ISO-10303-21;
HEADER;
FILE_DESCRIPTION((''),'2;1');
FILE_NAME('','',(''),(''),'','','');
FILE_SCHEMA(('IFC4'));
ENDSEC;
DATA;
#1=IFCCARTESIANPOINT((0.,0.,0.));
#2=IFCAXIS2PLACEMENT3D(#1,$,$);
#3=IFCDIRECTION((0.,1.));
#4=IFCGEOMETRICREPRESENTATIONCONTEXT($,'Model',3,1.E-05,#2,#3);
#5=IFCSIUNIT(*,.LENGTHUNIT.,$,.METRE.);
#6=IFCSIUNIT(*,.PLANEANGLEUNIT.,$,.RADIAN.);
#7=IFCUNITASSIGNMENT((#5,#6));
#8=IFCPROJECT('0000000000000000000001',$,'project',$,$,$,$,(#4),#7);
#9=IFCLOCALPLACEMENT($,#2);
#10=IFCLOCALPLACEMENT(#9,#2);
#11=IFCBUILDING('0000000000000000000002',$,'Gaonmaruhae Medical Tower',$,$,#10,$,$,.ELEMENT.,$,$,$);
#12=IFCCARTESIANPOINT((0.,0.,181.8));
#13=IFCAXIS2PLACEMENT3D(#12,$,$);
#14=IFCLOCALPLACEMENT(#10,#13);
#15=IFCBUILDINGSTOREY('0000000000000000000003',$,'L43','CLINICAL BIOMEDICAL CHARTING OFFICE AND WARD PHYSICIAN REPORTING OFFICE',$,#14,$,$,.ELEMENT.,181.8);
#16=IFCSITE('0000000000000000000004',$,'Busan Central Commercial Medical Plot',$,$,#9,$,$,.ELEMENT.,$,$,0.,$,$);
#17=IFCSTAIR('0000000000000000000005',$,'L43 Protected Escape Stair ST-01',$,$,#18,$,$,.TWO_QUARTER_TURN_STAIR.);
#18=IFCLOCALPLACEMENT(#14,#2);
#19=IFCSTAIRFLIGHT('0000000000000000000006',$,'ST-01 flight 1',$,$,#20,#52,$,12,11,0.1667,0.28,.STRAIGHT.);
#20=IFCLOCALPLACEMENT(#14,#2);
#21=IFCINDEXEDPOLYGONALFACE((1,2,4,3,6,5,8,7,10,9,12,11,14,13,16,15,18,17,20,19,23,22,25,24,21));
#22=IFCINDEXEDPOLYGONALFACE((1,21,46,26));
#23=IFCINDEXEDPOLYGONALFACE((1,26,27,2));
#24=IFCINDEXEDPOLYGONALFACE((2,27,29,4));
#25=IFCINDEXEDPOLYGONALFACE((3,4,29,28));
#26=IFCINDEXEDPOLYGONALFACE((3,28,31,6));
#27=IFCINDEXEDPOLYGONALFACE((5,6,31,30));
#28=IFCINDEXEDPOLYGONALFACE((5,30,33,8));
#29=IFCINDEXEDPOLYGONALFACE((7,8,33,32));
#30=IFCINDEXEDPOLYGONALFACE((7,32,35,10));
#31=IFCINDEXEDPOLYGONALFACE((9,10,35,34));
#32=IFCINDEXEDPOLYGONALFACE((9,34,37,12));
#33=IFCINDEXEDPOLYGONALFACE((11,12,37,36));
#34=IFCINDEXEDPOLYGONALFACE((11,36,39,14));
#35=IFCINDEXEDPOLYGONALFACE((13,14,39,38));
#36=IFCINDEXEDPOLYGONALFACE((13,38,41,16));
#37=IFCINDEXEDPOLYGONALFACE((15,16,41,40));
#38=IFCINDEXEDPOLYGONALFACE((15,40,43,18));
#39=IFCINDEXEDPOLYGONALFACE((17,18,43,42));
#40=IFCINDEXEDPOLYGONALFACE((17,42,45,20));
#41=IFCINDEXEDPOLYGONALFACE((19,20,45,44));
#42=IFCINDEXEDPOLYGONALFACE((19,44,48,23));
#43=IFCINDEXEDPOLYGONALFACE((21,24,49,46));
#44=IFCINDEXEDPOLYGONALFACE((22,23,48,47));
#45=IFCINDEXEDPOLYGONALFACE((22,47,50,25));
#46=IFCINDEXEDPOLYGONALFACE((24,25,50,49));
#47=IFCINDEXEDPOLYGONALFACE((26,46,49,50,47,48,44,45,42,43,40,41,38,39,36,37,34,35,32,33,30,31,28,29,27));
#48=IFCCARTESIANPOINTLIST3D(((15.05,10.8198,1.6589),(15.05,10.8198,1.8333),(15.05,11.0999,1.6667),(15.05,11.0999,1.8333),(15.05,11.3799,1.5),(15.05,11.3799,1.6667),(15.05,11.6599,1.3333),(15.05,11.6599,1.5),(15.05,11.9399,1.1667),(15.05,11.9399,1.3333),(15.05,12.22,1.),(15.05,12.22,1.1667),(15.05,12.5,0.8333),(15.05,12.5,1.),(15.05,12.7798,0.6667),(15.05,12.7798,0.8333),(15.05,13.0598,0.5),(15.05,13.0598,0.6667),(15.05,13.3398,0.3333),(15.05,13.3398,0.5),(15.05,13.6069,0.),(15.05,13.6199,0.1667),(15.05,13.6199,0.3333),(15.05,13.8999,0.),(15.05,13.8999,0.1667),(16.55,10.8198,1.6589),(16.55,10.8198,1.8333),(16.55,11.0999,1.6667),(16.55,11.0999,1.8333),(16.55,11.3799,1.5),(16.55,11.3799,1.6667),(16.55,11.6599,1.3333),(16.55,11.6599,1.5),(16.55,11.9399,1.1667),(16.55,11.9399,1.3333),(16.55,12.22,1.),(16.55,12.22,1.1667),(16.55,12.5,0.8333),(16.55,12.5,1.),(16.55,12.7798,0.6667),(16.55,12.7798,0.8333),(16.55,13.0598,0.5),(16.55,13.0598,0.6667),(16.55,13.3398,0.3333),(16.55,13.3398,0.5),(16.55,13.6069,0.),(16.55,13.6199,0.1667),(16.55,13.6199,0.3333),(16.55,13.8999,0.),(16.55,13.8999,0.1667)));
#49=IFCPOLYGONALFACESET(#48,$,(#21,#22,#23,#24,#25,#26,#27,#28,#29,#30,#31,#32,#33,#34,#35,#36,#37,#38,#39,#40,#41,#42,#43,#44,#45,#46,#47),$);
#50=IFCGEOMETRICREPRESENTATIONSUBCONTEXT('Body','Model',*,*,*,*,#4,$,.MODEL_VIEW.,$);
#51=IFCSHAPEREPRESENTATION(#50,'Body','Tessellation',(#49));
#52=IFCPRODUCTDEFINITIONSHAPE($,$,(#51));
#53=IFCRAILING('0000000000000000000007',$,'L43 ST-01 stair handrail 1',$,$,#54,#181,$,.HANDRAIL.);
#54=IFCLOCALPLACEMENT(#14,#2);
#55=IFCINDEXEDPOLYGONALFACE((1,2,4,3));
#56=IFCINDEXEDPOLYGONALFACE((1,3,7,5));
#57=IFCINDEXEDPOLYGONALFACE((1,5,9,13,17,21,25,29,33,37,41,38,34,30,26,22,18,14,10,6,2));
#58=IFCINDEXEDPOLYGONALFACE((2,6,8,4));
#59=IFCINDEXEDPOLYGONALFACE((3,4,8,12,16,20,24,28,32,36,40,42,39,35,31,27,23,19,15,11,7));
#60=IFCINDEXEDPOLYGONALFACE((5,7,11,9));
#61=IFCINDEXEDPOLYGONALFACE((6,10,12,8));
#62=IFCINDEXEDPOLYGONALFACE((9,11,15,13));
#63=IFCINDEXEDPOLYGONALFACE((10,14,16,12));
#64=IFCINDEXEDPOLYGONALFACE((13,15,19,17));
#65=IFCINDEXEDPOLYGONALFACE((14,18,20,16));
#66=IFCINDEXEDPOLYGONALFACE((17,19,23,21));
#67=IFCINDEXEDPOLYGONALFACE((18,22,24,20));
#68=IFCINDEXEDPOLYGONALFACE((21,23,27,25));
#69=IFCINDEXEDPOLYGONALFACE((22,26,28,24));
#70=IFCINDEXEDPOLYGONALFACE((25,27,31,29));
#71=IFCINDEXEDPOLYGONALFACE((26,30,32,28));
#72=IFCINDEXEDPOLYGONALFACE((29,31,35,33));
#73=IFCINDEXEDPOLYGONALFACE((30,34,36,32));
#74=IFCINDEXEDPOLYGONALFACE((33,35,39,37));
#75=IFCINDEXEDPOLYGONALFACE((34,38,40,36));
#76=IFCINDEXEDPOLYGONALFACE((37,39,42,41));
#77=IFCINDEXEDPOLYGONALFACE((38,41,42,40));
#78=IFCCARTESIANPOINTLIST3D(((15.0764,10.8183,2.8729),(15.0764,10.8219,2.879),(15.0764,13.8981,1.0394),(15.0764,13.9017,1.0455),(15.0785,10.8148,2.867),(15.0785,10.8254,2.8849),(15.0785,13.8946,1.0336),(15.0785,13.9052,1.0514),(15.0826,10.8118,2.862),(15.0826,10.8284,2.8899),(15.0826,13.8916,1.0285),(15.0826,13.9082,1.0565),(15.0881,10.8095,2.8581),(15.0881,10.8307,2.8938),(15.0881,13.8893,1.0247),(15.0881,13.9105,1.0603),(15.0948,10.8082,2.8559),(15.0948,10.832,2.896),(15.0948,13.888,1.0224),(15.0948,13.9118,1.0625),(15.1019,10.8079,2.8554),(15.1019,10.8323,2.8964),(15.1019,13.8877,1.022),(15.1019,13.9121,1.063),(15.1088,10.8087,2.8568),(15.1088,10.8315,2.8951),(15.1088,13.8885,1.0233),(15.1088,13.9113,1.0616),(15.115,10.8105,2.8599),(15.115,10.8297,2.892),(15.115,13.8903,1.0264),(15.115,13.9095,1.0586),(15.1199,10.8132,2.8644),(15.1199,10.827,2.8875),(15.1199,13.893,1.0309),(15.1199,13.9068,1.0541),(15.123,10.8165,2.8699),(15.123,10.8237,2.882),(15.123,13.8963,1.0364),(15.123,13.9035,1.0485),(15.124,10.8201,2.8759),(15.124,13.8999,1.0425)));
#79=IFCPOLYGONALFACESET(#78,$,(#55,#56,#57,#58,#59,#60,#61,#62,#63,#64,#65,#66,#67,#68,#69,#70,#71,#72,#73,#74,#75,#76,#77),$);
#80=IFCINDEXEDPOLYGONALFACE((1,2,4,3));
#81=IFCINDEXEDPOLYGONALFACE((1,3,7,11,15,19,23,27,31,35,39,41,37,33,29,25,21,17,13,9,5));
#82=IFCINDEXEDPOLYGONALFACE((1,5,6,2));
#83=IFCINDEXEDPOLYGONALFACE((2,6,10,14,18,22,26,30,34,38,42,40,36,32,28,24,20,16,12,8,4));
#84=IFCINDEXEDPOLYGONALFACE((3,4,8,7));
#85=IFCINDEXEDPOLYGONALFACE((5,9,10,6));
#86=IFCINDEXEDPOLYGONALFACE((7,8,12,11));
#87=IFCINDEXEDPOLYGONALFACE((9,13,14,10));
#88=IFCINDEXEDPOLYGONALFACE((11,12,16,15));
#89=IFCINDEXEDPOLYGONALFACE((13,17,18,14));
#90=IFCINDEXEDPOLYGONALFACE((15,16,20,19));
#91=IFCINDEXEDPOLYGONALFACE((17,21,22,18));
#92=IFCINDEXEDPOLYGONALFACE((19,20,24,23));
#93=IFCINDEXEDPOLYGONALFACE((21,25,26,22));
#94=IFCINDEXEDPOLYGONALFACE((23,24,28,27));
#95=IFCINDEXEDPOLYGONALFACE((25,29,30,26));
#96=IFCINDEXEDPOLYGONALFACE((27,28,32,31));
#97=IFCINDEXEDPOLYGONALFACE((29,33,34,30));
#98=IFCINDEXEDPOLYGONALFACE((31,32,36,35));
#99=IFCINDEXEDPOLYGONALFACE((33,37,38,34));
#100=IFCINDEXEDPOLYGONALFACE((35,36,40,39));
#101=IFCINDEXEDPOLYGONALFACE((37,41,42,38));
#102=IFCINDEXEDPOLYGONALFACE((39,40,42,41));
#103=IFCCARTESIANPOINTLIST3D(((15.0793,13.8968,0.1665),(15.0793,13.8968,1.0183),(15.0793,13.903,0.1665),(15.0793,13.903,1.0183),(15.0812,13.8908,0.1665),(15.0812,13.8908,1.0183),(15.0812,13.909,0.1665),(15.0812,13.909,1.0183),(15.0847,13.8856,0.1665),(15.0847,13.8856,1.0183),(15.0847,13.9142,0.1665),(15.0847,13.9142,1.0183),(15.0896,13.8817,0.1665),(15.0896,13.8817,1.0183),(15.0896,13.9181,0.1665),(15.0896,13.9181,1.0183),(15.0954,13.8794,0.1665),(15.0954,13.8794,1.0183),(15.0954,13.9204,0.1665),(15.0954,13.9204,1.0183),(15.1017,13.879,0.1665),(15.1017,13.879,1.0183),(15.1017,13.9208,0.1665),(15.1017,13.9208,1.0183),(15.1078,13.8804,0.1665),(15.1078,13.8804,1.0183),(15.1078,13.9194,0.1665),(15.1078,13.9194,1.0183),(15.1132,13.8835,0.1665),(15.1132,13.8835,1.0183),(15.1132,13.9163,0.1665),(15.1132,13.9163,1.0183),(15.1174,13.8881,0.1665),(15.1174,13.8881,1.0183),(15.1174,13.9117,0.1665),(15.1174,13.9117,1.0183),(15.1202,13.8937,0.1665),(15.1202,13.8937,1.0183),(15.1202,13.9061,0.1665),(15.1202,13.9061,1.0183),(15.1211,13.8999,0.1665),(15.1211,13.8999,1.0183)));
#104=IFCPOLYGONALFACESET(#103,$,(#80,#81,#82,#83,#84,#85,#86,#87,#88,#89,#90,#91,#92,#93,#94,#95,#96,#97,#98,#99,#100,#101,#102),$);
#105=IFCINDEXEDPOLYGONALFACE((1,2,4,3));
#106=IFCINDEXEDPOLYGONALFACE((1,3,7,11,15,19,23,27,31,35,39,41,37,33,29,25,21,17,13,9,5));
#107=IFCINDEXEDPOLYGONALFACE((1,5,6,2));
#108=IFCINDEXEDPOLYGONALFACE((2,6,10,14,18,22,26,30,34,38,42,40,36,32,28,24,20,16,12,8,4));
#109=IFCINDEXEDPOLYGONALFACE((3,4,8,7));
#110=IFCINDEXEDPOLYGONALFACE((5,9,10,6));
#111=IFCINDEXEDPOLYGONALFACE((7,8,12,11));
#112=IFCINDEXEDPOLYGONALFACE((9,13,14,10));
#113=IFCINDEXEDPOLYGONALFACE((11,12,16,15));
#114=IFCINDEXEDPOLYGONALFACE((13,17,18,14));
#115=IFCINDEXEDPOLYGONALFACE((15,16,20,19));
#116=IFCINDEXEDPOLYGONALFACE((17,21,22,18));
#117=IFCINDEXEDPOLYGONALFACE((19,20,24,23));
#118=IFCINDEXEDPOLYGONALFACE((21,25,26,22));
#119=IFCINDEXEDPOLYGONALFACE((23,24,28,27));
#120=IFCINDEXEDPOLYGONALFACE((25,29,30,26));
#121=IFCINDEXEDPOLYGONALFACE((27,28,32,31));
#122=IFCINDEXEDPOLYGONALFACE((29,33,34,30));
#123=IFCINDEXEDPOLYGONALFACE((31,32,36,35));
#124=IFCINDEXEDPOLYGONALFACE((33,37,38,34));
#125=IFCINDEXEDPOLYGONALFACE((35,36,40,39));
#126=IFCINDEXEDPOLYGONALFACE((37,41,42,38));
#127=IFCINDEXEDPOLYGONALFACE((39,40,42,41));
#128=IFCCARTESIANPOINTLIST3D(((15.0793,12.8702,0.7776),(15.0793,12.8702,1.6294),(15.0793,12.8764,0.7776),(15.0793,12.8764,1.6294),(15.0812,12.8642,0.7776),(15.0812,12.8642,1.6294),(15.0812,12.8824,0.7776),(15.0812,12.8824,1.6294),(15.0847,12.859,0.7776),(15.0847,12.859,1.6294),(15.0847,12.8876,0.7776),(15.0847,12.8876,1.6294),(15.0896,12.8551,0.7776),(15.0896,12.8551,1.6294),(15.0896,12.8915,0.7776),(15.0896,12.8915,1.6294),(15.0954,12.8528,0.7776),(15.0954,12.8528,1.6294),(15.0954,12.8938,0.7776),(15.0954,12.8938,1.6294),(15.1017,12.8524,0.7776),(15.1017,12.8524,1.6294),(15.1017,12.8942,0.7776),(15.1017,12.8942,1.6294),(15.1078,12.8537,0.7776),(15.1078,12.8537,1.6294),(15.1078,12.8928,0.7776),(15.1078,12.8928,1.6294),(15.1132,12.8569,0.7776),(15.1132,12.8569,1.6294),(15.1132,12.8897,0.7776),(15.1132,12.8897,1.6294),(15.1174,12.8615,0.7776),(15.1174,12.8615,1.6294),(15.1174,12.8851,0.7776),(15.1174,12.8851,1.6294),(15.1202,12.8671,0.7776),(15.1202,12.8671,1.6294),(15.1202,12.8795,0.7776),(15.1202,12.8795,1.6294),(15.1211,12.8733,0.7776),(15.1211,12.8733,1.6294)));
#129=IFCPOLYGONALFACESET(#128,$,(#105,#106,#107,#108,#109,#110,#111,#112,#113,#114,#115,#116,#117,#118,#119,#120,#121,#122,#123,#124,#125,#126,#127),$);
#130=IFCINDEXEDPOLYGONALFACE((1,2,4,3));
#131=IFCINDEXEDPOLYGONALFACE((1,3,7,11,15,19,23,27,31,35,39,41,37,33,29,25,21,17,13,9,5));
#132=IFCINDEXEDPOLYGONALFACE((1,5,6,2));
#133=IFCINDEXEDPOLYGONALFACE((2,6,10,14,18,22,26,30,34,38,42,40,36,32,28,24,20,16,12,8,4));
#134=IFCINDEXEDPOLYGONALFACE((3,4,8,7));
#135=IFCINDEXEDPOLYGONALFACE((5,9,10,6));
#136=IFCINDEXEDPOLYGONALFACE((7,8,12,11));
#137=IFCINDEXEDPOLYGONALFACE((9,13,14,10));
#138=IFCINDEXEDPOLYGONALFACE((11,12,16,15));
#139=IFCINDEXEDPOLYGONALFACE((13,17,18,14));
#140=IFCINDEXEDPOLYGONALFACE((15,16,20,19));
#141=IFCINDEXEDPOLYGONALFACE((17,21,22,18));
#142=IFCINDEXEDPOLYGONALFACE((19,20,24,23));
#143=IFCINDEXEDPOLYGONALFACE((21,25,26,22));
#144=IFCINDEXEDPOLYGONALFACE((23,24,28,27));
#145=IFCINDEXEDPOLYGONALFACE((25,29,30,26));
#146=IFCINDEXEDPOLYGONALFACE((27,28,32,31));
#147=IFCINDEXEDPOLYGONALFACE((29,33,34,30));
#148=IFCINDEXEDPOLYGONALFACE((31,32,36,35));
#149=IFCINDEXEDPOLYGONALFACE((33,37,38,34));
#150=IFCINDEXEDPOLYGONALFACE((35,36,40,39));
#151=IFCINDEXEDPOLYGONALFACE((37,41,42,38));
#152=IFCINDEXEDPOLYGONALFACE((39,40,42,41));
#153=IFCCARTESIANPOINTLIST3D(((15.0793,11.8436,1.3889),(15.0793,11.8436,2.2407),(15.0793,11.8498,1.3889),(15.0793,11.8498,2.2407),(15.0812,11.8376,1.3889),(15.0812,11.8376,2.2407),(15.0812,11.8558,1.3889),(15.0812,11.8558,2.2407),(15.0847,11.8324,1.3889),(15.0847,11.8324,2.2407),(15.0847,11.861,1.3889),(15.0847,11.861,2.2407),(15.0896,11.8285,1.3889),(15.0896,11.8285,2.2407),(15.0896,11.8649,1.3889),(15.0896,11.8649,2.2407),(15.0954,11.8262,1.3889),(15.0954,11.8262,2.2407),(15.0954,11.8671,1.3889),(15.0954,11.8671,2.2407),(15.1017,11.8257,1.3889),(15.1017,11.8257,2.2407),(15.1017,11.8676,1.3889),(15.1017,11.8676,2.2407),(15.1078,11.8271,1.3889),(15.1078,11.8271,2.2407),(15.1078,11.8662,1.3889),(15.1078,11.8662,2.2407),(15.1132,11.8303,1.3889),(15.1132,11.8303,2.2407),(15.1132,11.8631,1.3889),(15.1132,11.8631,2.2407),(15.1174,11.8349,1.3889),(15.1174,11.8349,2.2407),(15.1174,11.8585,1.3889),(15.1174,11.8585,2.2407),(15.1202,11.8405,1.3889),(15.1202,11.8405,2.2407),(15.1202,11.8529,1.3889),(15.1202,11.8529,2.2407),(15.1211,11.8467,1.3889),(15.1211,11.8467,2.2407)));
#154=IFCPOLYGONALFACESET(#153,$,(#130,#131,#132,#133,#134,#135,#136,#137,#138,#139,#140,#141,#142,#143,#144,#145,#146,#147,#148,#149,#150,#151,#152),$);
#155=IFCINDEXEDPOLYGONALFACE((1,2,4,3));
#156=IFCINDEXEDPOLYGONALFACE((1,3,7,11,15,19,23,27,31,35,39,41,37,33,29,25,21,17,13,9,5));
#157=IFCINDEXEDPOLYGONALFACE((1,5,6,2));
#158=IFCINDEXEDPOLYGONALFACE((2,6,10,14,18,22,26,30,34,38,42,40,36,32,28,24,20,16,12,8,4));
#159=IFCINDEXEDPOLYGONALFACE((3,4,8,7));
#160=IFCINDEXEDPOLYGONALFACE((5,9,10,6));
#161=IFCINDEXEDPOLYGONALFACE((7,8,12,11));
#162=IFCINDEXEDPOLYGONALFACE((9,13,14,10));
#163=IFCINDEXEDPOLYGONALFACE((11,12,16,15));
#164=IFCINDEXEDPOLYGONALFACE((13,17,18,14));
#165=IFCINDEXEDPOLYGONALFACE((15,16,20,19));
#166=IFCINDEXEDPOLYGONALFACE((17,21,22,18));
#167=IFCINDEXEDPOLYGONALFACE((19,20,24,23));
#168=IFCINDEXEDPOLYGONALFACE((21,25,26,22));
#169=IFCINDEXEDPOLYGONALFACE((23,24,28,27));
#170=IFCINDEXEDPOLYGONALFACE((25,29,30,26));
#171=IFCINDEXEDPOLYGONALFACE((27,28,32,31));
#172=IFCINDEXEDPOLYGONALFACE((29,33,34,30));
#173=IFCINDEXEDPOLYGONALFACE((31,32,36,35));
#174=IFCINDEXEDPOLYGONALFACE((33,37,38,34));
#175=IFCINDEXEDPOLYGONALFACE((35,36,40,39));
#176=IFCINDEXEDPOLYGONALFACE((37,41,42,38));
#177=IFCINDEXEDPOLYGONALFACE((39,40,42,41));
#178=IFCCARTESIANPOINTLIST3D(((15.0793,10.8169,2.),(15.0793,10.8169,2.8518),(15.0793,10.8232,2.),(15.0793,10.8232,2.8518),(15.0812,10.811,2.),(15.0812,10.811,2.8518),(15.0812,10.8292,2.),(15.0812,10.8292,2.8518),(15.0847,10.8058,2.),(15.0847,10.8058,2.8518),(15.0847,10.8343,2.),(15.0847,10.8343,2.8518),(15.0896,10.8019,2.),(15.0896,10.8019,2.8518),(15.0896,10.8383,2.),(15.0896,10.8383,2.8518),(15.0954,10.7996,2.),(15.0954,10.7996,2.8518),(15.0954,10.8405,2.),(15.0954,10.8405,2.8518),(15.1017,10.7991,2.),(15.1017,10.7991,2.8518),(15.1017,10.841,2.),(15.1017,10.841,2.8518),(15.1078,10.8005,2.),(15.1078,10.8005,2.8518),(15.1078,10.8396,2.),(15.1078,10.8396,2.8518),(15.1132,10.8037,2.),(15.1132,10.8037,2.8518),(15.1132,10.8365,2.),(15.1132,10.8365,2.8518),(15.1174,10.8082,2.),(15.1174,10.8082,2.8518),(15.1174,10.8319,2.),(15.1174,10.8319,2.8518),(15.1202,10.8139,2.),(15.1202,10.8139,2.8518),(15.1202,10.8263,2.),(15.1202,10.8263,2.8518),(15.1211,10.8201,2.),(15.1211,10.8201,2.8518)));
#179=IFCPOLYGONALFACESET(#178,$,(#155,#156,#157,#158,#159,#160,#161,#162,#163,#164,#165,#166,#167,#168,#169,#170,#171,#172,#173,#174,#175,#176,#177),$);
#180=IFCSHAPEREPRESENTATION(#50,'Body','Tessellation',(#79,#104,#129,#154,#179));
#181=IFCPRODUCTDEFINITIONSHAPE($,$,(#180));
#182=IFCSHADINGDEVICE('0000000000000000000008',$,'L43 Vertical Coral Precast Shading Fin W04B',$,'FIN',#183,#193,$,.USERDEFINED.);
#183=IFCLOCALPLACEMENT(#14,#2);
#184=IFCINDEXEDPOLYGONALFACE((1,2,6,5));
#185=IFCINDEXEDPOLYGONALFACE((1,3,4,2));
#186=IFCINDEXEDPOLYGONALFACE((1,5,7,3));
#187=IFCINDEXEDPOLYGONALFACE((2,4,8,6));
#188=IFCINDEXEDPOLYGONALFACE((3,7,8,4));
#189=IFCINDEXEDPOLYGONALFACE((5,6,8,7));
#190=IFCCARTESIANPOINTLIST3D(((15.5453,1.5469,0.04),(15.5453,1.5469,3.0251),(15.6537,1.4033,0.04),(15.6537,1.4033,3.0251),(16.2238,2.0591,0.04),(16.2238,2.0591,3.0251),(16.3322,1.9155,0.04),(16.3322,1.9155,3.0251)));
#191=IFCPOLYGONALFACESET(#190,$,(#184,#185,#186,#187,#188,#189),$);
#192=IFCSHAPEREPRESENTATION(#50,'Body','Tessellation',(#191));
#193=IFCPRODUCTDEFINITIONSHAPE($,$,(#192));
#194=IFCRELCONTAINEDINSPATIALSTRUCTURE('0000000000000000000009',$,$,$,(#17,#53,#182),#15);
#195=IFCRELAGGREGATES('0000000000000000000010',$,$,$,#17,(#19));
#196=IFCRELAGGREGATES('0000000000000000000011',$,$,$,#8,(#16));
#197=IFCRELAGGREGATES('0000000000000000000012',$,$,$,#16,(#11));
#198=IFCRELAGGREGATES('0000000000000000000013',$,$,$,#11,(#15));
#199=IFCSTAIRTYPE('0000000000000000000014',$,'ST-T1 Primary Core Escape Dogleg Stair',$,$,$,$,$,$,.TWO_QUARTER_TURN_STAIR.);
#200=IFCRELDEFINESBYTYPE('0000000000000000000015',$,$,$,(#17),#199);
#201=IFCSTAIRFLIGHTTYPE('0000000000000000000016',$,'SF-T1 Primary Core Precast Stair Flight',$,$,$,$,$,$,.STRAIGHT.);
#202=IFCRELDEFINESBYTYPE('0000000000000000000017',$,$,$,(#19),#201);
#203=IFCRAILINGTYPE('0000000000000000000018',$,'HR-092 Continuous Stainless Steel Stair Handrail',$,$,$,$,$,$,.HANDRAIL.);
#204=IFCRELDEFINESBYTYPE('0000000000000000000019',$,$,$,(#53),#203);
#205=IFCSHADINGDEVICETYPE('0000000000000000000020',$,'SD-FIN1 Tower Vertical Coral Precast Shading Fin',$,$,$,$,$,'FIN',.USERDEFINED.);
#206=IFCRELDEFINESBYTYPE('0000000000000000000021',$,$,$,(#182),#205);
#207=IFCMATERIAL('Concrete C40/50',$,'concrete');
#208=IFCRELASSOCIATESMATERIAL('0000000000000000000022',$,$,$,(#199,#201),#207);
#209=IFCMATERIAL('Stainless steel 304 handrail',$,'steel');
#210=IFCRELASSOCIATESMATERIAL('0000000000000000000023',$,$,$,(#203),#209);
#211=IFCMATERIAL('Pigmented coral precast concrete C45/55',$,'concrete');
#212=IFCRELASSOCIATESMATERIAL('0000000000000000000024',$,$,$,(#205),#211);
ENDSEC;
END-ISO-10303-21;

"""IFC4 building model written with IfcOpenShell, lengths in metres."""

from ifc_helpers import new_model, si_unit, direction, frame, origin, origin_2d, place, context, subcontext, project, spatial, polyline, rectangle, circle, outline, extrude, material, type_object, element, aggregate, save


model = new_model("IFC4")

# Units and contexts
model_context = context("Model", 3, precision=1e-05, world=origin(), true_north=direction((0.0, 1.0)))
body_context = subcontext(model_context, "Body", "Model", "MODEL_VIEW")
ifc_project = project(units=[si_unit("LENGTHUNIT", "METRE"), si_unit("PLANEANGLEUNIT", "RADIAN")], contexts=[model_context])

# Site, building, storey
site_placement = place(None, origin())
site = spatial("IfcSite", under=ifc_project, at=site_placement, Name="Busan Central Commercial Medical Plot", CompositionType="ELEMENT", RefElevation=0.0)
building_placement = place(site_placement, origin())
building = spatial("IfcBuilding", under=site, at=building_placement, Name="Gaonmaruhae Medical Tower", CompositionType="ELEMENT")
storey_placement = place(building_placement, frame((0.0, 0.0, 181.8)))
storey = spatial("IfcBuildingStorey", under=building, at=storey_placement, Name="L43", Description="CLINICAL BIOMEDICAL CHARTING OFFICE AND WARD PHYSICIAN REPORTING OFFICE", CompositionType="ELEMENT", Elevation=181.8)

# Stair, stair flight
ifc_material_1 = material(Name="Concrete C40/50", Category="concrete")
stair_type = type_object("IfcStairType", Name="ST-T1 Primary Core Escape Dogleg Stair", PredefinedType="TWO_QUARTER_TURN_STAIR", material=ifc_material_1)
stair_placement = place(storey_placement, origin())
stair = element("IfcStair", 1, at=stair_placement, inside=storey, type_object=stair_type, Name="L43 Protected Escape Stair ST-01", PredefinedType="TWO_QUARTER_TURN_STAIR")
stair_flight_type = type_object("IfcStairFlightType", Name="SF-T1 Primary Core Precast Stair Flight", PredefinedType="STRAIGHT", material=ifc_material_1)
stair_flight_placement = place(storey_placement, frame((15.8, 13.8999, 0.0), z_axis=(0.0, 0.0, 1.0), x_axis=(0.0, -1.0, 0.0)))
stair_flight = element("IfcStairFlight", 2, at=stair_flight_placement, type_object=stair_flight_type, Name="ST-01 flight 1", NumberOfRisers=12, NumberOfTreads=11, PredefinedType="STRAIGHT", RiserHeight=0.1667, TreadLength=0.28, context=body_context, shape_type="SweptSolid", body=[
    extrude(outline(polyline([(0.0, 0.0), (0.0, 0.1667), (0.28, 0.1667), (0.28, 0.3333), (0.5601, 0.3333), (0.5601, 0.5), (0.8401, 0.5), (0.8401, 0.6667), (1.1201, 0.6667), (1.1201, 0.8333), (1.3999, 0.8333), (1.3999, 1.0), (1.6799, 1.0), (1.6799, 1.1667), (1.96, 1.1667), (1.96, 1.3333), (2.24, 1.3333), (2.24, 1.5), (2.52, 1.5), (2.52, 1.6667), (2.8, 1.6667), (2.8, 1.8333), (3.0801, 1.8333), (3.0801, 2.0), (3.0801, 1.6589), (0.293, 0.0), (0.0, 0.0)])), frame((0.0, 0.75, 0.0), z_axis=(0.0, -1.0, 0.0), x_axis=(1.0, 0.0, 0.0)), (0.0, 0.0, 1.0), 1.5),
])
aggregate(stair, [stair_flight])

# Railing
ifc_material_2 = material(Name="Stainless steel 304 handrail", Category="steel")
railing_type_1 = type_object("IfcRailingType", Name="HR-092 Continuous Stainless Steel Stair Handrail", PredefinedType="HANDRAIL", material=ifc_material_2)
railing_1_placement = place(storey_placement, frame((15.1001, 13.8999, 0.1665)))
element("IfcRailing", 3, at=railing_1_placement, inside=storey, type_object=railing_type_1, Name="L43 ST-01 stair handrail 1", PredefinedType="HANDRAIL", context=body_context, shape_type="SweptSolid", body=[
    extrude(circle(Radius=0.0239, at=origin_2d()), frame((0.0, 0.0, 0.876), z_axis=(0.0, -0.859261, 0.511538), x_axis=(1.0, 0.0, 0.0)), (0.0, 0.0, 1.0), 3.5842),
    extrude(circle(Radius=0.021, at=origin_2d()), origin(), (0.0, 0.0, 1.0), 0.8518),
    extrude(circle(Radius=0.021, at=origin_2d()), frame((0.0, -1.0266, 0.6111)), (0.0, 0.0, 1.0), 0.8518),
    extrude(circle(Radius=0.021, at=origin_2d()), frame((0.0, -2.0532, 1.2224)), (0.0, 0.0, 1.0), 0.8518),
    extrude(circle(Radius=0.021, at=origin_2d()), frame((0.0, -3.0798, 1.8335)), (0.0, 0.0, 1.0), 0.8518),
])

# Shading device
ifc_material_3 = material(Name="Pigmented coral precast concrete C45/55", Category="concrete")
shading_device_type = type_object("IfcShadingDeviceType", Name="SD-FIN1 Tower Vertical Coral Precast Shading Fin", ElementType="FIN", PredefinedType="USERDEFINED", material=ifc_material_3)
shading_device_placement = place(storey_placement, frame((15.9387, 1.7312, 0.04), z_axis=(0.0, 0.0, 1.0), x_axis=(-0.602512, 0.79811, 0.0)))
element("IfcShadingDevice", 4, at=shading_device_placement, inside=storey, type_object=shading_device_type, Name="L43 Vertical Coral Precast Shading Fin W04B", ObjectType="FIN", PredefinedType="USERDEFINED", context=body_context, shape_type="SweptSolid", body=[
    extrude(rectangle(XDim=0.1799, YDim=0.8501, at=origin_2d()), origin(), (0.0, 0.0, 1.0), 2.9851),
])

save(model, "model.ifc")
